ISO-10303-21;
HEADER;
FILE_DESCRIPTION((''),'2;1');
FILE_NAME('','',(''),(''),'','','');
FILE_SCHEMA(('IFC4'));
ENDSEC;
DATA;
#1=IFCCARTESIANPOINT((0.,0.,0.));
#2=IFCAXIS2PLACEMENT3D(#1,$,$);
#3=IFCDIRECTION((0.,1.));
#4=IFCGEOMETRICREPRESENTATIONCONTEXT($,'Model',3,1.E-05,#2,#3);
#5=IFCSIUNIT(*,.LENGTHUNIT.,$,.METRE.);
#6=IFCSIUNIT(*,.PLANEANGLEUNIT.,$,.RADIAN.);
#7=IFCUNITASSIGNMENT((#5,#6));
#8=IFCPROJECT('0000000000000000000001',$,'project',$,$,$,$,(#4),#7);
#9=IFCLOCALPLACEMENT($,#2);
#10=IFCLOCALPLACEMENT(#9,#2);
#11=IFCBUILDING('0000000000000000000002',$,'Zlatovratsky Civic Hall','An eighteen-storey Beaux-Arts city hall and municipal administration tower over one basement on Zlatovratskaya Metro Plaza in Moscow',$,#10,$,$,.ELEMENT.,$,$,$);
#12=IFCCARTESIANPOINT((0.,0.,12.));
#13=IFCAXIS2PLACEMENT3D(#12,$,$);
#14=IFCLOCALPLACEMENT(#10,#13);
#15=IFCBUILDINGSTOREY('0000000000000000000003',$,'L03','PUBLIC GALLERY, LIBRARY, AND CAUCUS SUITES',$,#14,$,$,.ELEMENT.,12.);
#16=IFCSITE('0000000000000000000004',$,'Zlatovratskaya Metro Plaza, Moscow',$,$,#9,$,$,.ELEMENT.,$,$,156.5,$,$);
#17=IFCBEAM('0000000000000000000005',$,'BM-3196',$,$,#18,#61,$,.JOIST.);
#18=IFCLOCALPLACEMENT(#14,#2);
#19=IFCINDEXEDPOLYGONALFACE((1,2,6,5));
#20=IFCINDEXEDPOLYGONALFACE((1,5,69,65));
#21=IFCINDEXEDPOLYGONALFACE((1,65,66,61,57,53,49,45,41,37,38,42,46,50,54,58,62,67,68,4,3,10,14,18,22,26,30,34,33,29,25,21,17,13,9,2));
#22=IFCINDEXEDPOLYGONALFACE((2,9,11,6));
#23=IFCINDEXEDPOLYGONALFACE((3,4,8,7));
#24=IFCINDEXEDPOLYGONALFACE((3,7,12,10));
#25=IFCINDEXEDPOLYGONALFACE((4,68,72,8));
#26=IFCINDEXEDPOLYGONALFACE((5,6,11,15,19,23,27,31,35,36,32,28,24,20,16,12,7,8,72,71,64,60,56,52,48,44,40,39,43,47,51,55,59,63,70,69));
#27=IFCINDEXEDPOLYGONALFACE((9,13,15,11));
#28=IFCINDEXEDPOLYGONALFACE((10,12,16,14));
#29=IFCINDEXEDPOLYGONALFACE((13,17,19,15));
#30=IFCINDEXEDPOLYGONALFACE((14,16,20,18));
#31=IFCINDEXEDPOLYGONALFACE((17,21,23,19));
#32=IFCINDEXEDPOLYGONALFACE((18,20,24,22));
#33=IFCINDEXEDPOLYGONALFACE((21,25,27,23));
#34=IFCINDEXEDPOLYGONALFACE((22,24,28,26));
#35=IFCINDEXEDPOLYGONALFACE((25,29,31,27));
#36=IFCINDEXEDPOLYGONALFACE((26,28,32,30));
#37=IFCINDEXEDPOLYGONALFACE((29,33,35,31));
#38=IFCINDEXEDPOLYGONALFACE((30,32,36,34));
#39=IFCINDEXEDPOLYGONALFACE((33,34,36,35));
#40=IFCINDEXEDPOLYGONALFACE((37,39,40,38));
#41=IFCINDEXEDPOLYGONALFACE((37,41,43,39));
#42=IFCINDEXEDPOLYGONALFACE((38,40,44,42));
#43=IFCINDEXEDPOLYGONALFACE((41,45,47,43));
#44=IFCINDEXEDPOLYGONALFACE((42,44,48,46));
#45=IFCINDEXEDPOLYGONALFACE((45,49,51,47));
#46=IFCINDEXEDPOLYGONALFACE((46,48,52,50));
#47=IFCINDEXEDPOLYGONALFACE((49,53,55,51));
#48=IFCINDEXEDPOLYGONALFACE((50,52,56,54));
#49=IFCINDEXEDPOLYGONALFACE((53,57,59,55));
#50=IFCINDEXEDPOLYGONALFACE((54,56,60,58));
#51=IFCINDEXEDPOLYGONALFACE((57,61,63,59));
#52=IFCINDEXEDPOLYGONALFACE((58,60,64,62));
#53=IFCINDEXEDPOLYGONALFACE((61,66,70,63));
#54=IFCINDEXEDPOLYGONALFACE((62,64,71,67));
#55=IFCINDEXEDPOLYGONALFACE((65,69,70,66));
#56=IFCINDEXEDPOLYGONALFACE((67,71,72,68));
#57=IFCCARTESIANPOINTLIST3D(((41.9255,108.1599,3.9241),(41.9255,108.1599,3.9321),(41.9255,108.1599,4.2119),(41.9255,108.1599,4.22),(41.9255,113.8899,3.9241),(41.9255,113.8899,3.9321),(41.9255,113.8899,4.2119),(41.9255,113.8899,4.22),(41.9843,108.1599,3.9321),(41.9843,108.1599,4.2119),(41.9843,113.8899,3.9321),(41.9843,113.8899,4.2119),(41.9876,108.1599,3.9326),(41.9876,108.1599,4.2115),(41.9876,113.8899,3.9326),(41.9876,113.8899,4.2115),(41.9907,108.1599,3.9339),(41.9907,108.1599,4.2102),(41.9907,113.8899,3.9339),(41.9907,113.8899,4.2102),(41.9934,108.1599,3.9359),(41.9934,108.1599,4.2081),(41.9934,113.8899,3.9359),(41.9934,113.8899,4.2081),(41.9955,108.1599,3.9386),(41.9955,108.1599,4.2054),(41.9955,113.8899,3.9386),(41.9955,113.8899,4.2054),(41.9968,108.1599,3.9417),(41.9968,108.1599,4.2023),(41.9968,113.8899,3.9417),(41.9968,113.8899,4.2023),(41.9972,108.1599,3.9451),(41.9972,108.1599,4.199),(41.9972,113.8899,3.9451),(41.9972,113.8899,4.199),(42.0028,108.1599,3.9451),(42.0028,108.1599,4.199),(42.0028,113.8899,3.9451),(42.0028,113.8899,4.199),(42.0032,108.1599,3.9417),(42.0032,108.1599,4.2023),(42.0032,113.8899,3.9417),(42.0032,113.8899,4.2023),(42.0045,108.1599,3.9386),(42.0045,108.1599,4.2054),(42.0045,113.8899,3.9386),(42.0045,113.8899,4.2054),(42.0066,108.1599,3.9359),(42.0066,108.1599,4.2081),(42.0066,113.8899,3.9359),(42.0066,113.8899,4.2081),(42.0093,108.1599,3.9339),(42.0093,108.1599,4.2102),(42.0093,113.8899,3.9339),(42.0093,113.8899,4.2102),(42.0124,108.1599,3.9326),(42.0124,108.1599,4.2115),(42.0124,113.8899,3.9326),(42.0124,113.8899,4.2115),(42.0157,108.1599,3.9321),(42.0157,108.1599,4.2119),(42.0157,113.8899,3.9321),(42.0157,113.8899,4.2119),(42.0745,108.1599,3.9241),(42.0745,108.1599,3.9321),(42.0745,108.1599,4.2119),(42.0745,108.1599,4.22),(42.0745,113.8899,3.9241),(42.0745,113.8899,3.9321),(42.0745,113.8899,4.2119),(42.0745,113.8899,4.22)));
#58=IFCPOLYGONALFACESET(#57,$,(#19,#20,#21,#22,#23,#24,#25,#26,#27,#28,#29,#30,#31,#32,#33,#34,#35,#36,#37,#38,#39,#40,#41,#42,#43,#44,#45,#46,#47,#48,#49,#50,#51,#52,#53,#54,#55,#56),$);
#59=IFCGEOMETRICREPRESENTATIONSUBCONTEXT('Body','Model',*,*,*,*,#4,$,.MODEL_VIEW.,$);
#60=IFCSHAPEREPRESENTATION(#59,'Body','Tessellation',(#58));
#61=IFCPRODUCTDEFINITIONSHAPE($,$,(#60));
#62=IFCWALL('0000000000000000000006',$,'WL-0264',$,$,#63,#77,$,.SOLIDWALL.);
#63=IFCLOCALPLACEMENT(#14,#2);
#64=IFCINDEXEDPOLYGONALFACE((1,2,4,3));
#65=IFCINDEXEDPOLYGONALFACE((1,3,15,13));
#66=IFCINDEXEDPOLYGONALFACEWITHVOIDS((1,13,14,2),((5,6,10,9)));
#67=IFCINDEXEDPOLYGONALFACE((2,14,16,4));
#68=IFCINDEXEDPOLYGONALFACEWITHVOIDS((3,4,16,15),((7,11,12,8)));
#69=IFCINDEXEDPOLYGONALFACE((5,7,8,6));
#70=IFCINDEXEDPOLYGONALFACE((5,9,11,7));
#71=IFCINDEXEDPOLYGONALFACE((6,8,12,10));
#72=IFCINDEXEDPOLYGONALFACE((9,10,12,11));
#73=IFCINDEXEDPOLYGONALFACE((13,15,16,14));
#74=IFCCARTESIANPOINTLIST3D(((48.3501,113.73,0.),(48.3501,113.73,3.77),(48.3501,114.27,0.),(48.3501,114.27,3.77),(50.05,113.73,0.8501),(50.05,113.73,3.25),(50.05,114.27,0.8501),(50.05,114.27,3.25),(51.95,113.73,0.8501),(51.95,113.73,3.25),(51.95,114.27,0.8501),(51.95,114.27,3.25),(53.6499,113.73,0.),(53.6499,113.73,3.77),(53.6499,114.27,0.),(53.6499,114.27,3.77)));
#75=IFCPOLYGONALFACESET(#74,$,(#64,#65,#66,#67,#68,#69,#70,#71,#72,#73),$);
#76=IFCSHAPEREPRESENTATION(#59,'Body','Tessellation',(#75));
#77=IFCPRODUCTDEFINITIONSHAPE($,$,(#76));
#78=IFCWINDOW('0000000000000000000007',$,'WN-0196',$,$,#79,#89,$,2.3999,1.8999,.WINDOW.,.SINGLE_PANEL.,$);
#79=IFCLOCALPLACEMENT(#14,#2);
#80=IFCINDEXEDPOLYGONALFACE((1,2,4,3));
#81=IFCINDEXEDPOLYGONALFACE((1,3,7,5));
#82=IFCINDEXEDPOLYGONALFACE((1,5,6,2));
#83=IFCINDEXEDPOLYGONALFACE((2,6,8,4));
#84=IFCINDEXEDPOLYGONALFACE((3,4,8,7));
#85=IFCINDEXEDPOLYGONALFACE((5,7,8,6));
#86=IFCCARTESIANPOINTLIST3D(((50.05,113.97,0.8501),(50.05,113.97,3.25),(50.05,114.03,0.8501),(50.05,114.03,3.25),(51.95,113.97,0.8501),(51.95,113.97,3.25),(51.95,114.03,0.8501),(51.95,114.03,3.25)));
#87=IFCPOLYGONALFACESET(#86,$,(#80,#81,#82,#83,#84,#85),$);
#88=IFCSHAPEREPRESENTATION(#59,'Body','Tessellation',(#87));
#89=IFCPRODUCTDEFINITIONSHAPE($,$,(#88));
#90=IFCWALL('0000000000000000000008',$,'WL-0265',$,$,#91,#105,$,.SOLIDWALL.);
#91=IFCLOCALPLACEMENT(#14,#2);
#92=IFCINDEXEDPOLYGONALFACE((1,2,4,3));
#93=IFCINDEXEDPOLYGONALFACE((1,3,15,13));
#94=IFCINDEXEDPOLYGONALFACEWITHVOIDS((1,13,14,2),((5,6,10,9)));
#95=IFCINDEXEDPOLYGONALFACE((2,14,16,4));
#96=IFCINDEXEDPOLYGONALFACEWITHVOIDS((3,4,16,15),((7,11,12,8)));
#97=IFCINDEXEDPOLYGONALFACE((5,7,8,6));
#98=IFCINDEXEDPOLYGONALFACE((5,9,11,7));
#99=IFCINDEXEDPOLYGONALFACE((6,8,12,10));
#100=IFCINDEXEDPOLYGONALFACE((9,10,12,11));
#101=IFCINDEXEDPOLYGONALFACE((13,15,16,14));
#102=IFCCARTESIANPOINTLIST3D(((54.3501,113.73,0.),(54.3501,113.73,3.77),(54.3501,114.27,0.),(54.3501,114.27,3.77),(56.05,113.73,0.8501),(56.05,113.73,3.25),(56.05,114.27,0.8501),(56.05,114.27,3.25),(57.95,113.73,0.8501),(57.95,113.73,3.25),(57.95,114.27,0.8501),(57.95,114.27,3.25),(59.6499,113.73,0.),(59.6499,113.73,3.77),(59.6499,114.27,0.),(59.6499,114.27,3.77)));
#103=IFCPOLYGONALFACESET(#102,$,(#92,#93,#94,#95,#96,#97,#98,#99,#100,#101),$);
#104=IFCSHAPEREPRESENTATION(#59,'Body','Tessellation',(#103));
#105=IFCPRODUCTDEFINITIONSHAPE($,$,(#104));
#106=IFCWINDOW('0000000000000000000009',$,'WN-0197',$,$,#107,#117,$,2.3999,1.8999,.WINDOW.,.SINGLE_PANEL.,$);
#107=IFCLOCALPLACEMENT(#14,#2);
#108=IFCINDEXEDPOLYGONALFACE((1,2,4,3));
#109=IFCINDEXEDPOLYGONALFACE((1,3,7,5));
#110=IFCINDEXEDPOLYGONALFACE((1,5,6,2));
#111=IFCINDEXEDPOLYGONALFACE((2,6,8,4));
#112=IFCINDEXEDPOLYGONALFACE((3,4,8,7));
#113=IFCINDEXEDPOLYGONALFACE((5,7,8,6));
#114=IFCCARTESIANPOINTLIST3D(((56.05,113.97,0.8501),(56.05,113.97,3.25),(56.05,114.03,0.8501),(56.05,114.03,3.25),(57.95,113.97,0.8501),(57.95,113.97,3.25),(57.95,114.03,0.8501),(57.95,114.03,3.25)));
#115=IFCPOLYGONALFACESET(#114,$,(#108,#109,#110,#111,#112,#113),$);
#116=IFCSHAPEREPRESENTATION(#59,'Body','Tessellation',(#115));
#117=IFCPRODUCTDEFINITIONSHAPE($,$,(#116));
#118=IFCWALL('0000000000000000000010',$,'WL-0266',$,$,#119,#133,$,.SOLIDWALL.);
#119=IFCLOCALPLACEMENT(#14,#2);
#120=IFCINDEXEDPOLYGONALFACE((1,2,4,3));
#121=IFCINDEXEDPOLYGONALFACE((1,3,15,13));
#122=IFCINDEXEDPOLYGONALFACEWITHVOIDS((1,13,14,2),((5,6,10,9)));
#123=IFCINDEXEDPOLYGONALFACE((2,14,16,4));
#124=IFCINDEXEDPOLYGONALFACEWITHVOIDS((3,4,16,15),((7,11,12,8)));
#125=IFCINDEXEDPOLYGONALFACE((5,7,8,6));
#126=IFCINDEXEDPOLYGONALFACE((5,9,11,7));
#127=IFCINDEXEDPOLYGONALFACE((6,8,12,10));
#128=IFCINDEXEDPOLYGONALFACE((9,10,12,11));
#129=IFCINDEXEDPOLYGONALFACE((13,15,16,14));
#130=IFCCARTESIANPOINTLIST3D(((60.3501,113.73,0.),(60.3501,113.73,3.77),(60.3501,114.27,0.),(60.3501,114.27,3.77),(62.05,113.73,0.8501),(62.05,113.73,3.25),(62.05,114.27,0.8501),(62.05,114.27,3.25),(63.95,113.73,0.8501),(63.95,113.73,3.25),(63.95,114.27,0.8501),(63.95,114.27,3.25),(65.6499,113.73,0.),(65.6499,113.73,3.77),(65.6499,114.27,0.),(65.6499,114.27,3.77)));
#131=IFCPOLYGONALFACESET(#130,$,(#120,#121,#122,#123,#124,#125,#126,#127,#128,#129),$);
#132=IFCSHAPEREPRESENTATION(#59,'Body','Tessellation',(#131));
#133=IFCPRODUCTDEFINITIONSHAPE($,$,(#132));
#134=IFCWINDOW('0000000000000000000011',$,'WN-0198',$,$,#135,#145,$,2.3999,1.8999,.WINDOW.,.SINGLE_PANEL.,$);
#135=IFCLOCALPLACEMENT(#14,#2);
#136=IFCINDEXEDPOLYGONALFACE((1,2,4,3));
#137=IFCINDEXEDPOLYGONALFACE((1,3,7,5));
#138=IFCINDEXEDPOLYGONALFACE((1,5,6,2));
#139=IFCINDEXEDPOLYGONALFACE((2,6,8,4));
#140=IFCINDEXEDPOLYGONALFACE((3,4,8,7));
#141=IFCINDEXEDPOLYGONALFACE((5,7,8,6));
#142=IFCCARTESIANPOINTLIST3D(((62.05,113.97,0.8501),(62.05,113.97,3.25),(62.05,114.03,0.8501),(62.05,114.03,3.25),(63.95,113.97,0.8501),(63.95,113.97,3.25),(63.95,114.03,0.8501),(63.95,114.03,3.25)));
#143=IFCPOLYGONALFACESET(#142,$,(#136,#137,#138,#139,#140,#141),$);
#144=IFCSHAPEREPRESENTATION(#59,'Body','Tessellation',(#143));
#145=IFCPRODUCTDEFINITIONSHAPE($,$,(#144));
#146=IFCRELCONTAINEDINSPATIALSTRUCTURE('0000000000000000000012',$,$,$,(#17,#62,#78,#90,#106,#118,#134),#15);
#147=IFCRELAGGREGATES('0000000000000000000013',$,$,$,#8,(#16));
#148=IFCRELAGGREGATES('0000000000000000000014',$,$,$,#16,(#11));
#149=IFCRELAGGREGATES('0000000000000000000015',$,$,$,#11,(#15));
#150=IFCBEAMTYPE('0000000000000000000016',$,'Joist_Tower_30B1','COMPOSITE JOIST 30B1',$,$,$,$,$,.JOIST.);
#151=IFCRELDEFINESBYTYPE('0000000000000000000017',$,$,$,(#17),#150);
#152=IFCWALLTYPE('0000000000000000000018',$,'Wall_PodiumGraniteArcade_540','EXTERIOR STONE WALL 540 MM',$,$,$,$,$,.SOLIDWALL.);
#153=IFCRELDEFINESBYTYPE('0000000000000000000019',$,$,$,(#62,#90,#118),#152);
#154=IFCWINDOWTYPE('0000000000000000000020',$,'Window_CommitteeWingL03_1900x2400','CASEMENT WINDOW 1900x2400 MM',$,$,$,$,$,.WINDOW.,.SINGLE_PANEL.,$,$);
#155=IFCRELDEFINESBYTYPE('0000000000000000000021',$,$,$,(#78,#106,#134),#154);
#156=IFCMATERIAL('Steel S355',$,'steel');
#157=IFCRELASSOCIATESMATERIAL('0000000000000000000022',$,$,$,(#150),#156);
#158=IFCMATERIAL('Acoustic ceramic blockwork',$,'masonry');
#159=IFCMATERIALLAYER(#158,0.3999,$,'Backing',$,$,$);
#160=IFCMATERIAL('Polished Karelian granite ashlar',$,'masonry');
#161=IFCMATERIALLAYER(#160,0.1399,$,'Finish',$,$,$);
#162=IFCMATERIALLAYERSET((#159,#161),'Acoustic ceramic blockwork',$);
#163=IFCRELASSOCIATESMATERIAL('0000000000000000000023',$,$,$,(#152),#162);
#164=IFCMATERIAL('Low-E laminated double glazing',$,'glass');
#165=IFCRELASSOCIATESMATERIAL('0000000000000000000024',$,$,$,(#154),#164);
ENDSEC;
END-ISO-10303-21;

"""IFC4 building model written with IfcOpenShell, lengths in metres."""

from ifc_helpers import new_model, si_unit, direction, frame, frame_2d, origin, origin_2d, place, context, subcontext, project, spatial, rectangle, i_section, extrude, material, layer, layer_set, material_profile, profile_set, type_object, element, fill, save


model = new_model("IFC4")

# Units and contexts
model_context = context("Model", 3, precision=1e-05, world=origin(), true_north=direction((0.0, 1.0)))
body_context = subcontext(model_context, "Body", "Model", "MODEL_VIEW")
ifc_project = project(units=[si_unit("LENGTHUNIT", "METRE"), si_unit("PLANEANGLEUNIT", "RADIAN")], contexts=[model_context])

# Site, building, storey
site_placement = place(None, origin())
site = spatial("IfcSite", under=ifc_project, at=site_placement, Name="Zlatovratskaya Metro Plaza, Moscow", CompositionType="ELEMENT", RefElevation=156.5)
building_placement = place(site_placement, origin())
building = spatial("IfcBuilding", under=site, at=building_placement, Name="Zlatovratsky Civic Hall", Description="An eighteen-storey Beaux-Arts city hall and municipal administration tower over one basement on Zlatovratskaya Metro Plaza in Moscow", CompositionType="ELEMENT")
storey_placement = place(building_placement, frame((0.0, 0.0, 12.0)))
storey = spatial("IfcBuildingStorey", under=building, at=storey_placement, Name="L03", Description="PUBLIC GALLERY, LIBRARY, AND CAUCUS SUITES", CompositionType="ELEMENT", Elevation=12.0)

# Shared definitions
ifc_material_1 = material(Name="Steel S355", Category="steel")

# Beam
ifc_material_profile_1 = material_profile(ifc_material_1, i_section(OverallWidth=0.1489, OverallDepth=0.2959, WebThickness=0.0056, FlangeThickness=0.0081, FilletRadius=0.0129, at=origin_2d()), Name="30B1")
ifc_profile_set_1 = profile_set([ifc_material_profile_1], Name="Steel S355")
beam_type_1 = type_object("IfcBeamType", Name="Joist_Tower_30B1", Description="COMPOSITE JOIST 30B1", PredefinedType="JOIST", material=ifc_profile_set_1)
beam_1_placement = place(storey_placement, frame((42.0, 108.1599, 4.072), z_axis=(0.0, 1.0, 0.0), x_axis=(-1.0, 0.0, 0.0)))
element("IfcBeam", 1, at=beam_1_placement, inside=storey, type_object=beam_type_1, Name="BM-3196", PredefinedType="JOIST", context=body_context, shape_type="SweptSolid", body=[
    extrude(i_section(OverallWidth=0.1489, OverallDepth=0.2959, WebThickness=0.0056, FlangeThickness=0.0081, FilletRadius=0.0129, at=origin_2d()), origin(), (0.0, 0.0, 1.0), 5.73),
])

# Walls, openings, windows
ifc_material_2 = material(Name="Acoustic ceramic blockwork", Category="masonry")
ifc_layer_1 = layer(ifc_material_2, 0.3999, Name="Backing")
ifc_material_3 = material(Name="Polished Karelian granite ashlar", Category="masonry")
ifc_layer_2 = layer(ifc_material_3, 0.1399, Name="Finish")
ifc_layer_set = layer_set([ifc_layer_1, ifc_layer_2], Name="Acoustic ceramic blockwork")
wall_type = type_object("IfcWallType", Name="Wall_PodiumGraniteArcade_540", Description="EXTERIOR STONE WALL 540 MM", PredefinedType="SOLIDWALL", material=ifc_layer_set)
wall_1_placement = place(storey_placement, frame((48.3501, 114.0, 0.0), z_axis=(0.0, 0.0, 1.0), x_axis=(1.0, 0.0, 0.0)))
wall_1 = element("IfcWall", 2, at=wall_1_placement, inside=storey, type_object=wall_type, Name="WL-0264", PredefinedType="SOLIDWALL", context=body_context, shape_type="SweptSolid", body=[
    extrude(rectangle(XDim=5.2998, YDim=0.54, at=frame_2d((2.6499, 0.0))), origin(), (0.0, 0.0, 1.0), 3.77),
])
opening_1_placement = place(wall_1_placement, frame((1.7, 0.0, 0.8501)))
opening_1 = element("IfcOpeningElement", 3, at=opening_1_placement, cuts=wall_1, PredefinedType="OPENING", context=body_context, shape_type="SweptSolid", body=[
    extrude(rectangle(XDim=1.8999, YDim=2.3999, at=frame_2d((0.95, 1.2))), frame((0.0, 0.2849, 0.0), z_axis=(0.0, -1.0, 0.0), x_axis=(1.0, 0.0, 0.0)), (0.0, 0.0, 1.0), 0.5698),
])
ifc_material_4 = material(Name="Low-E laminated double glazing", Category="glass")
window_type = type_object("IfcWindowType", Name="Window_CommitteeWingL03_1900x2400", Description="CASEMENT WINDOW 1900x2400 MM", PartitioningType="SINGLE_PANEL", PredefinedType="WINDOW", material=ifc_material_4)
window_1_placement = place(opening_1_placement, origin())
window_1 = element("IfcWindow", 4, at=window_1_placement, inside=storey, type_object=window_type, Name="WN-0196", OverallHeight=2.3999, OverallWidth=1.8999, PartitioningType="SINGLE_PANEL", PredefinedType="WINDOW", context=body_context, shape_type="SweptSolid", body=[
    extrude(rectangle(XDim=1.8999, YDim=2.3999, at=frame_2d((0.95, 1.2))), frame((0.0, 0.03, 0.0), z_axis=(0.0, -1.0, 0.0), x_axis=(1.0, 0.0, 0.0)), (0.0, 0.0, 1.0), 0.0601),
])
fill(opening_1, window_1)
wall_2_placement = place(storey_placement, frame((54.3501, 114.0, 0.0), z_axis=(0.0, 0.0, 1.0), x_axis=(1.0, 0.0, 0.0)))
wall_2 = element("IfcWall", 5, at=wall_2_placement, inside=storey, type_object=wall_type, Name="WL-0265", PredefinedType="SOLIDWALL", context=body_context, shape_type="SweptSolid", body=[
    extrude(rectangle(XDim=5.2998, YDim=0.54, at=frame_2d((2.6499, 0.0))), origin(), (0.0, 0.0, 1.0), 3.77),
])
opening_2_placement = place(wall_2_placement, frame((1.7, 0.0, 0.8501)))
opening_2 = element("IfcOpeningElement", 6, at=opening_2_placement, cuts=wall_2, PredefinedType="OPENING", context=body_context, shape_type="SweptSolid", body=[
    extrude(rectangle(XDim=1.8999, YDim=2.3999, at=frame_2d((0.95, 1.2))), frame((0.0, 0.2849, 0.0), z_axis=(0.0, -1.0, 0.0), x_axis=(1.0, 0.0, 0.0)), (0.0, 0.0, 1.0), 0.5698),
])
window_2_placement = place(opening_2_placement, origin())
window_2 = element("IfcWindow", 7, at=window_2_placement, inside=storey, type_object=window_type, Name="WN-0197", OverallHeight=2.3999, OverallWidth=1.8999, PartitioningType="SINGLE_PANEL", PredefinedType="WINDOW", context=body_context, shape_type="SweptSolid", body=[
    extrude(rectangle(XDim=1.8999, YDim=2.3999, at=frame_2d((0.95, 1.2))), frame((0.0, 0.03, 0.0), z_axis=(0.0, -1.0, 0.0), x_axis=(1.0, 0.0, 0.0)), (0.0, 0.0, 1.0), 0.0601),
])
fill(opening_2, window_2)
wall_3_placement = place(storey_placement, frame((60.3501, 114.0, 0.0), z_axis=(0.0, 0.0, 1.0), x_axis=(1.0, 0.0, 0.0)))
wall_3 = element("IfcWall", 8, at=wall_3_placement, inside=storey, type_object=wall_type, Name="WL-0266", PredefinedType="SOLIDWALL", context=body_context, shape_type="SweptSolid", body=[
    extrude(rectangle(XDim=5.2998, YDim=0.54, at=frame_2d((2.6499, 0.0))), origin(), (0.0, 0.0, 1.0), 3.77),
])
opening_3_placement = place(wall_3_placement, frame((1.7, 0.0, 0.8501)))
opening_3 = element("IfcOpeningElement", 9, at=opening_3_placement, cuts=wall_3, PredefinedType="OPENING", context=body_context, shape_type="SweptSolid", body=[
    extrude(rectangle(XDim=1.8999, YDim=2.3999, at=frame_2d((0.95, 1.2))), frame((0.0, 0.2849, 0.0), z_axis=(0.0, -1.0, 0.0), x_axis=(1.0, 0.0, 0.0)), (0.0, 0.0, 1.0), 0.5698),
])
window_3_placement = place(opening_3_placement, origin())
window_3 = element("IfcWindow", 10, at=window_3_placement, inside=storey, type_object=window_type, Name="WN-0198", OverallHeight=2.3999, OverallWidth=1.8999, PartitioningType="SINGLE_PANEL", PredefinedType="WINDOW", context=body_context, shape_type="SweptSolid", body=[
    extrude(rectangle(XDim=1.8999, YDim=2.3999, at=frame_2d((0.95, 1.2))), frame((0.0, 0.03, 0.0), z_axis=(0.0, -1.0, 0.0), x_axis=(1.0, 0.0, 0.0)), (0.0, 0.0, 1.0), 0.0601),
])
fill(opening_3, window_3)

save(model, "model.ifc")
